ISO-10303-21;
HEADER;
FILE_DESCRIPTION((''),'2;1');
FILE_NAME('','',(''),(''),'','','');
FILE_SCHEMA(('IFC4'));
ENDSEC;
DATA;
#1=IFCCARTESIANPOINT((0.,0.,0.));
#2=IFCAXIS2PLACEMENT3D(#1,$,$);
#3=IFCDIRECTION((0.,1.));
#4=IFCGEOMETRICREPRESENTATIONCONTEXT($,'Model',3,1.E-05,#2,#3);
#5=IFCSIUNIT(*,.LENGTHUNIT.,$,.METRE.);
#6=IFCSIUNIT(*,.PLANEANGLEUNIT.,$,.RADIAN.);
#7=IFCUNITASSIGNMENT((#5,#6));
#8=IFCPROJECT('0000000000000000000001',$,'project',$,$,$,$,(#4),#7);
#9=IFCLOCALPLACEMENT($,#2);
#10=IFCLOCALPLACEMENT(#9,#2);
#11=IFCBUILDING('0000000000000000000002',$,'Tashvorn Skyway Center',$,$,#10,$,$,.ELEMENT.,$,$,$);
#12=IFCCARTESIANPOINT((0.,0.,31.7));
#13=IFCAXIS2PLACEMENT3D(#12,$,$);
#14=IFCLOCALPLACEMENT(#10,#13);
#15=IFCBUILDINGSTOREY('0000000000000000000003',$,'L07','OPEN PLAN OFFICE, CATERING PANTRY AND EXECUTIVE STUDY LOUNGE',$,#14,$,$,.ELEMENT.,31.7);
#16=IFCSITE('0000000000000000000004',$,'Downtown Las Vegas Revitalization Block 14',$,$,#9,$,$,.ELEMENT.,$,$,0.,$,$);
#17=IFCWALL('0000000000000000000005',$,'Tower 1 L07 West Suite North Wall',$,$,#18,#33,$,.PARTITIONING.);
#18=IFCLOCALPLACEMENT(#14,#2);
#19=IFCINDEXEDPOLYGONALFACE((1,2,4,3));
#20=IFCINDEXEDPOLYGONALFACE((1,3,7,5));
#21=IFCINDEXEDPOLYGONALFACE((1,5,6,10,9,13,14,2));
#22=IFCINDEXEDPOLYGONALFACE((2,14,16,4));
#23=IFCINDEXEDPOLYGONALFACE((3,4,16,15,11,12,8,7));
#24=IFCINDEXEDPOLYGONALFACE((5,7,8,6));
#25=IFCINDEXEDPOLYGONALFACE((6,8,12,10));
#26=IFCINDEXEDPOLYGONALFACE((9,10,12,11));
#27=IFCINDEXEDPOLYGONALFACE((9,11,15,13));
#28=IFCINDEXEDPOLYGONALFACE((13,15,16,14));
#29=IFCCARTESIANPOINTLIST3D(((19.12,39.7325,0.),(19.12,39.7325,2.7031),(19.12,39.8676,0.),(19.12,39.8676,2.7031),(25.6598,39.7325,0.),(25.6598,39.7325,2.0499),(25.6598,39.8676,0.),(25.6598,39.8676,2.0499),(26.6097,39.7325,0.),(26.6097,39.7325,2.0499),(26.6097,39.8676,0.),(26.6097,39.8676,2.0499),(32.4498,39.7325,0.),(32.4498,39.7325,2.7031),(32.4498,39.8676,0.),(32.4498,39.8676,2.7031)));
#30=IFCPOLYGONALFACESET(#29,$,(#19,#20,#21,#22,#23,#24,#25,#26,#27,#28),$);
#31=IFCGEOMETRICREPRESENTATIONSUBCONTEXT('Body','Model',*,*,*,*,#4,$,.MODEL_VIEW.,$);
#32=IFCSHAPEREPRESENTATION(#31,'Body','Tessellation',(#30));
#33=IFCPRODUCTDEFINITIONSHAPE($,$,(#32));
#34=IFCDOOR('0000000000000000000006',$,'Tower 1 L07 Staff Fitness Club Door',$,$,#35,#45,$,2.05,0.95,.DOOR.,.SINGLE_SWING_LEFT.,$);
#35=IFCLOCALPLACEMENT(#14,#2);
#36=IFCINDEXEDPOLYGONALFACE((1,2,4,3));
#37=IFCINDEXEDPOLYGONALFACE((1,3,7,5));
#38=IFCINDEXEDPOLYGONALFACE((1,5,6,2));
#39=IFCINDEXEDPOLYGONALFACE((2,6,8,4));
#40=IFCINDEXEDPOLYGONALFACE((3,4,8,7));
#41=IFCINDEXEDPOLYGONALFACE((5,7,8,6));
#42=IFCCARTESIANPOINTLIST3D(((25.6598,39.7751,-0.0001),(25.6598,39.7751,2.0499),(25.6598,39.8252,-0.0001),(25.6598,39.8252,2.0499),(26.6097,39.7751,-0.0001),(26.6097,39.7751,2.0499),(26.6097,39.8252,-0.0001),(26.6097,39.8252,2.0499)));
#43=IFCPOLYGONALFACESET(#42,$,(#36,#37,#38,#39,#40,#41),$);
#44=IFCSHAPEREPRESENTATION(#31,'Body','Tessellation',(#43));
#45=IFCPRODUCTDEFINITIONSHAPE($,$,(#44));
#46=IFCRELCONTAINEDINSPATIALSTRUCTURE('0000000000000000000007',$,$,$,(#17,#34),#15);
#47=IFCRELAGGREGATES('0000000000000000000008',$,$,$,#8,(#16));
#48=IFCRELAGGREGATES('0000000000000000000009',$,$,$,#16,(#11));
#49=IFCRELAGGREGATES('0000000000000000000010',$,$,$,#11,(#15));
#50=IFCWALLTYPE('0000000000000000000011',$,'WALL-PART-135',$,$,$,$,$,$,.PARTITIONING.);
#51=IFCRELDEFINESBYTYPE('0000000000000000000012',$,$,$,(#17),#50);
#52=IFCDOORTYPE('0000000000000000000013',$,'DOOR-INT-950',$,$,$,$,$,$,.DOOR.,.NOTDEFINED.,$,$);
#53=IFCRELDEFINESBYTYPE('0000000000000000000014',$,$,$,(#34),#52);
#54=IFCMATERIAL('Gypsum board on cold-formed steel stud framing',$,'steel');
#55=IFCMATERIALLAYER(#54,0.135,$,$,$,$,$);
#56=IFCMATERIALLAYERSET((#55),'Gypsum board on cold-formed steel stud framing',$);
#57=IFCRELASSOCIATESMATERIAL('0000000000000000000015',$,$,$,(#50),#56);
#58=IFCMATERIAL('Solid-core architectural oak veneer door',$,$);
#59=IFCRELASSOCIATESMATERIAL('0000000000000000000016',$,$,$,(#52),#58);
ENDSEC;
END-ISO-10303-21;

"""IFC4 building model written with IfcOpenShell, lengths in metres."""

from ifc_helpers import new_model, si_unit, direction, frame, frame_2d, origin, place, context, subcontext, project, spatial, rectangle, extrude, material, layer, layer_set, type_object, element, fill, save


model = new_model("IFC4")

# Units and contexts
model_context = context("Model", 3, precision=1e-05, world=origin(), true_north=direction((0.0, 1.0)))
body_context = subcontext(model_context, "Body", "Model", "MODEL_VIEW")
ifc_project = project(units=[si_unit("LENGTHUNIT", "METRE"), si_unit("PLANEANGLEUNIT", "RADIAN")], contexts=[model_context])

# Site, building, storey
site_placement = place(None, origin())
site = spatial("IfcSite", under=ifc_project, at=site_placement, Name="Downtown Las Vegas Revitalization Block 14", CompositionType="ELEMENT", RefElevation=0.0)
building_placement = place(site_placement, origin())
building = spatial("IfcBuilding", under=site, at=building_placement, Name="Tashvorn Skyway Center", CompositionType="ELEMENT")
storey_placement = place(building_placement, frame((0.0, 0.0, 31.7)))
storey = spatial("IfcBuildingStorey", under=building, at=storey_placement, Name="L07", Description="OPEN PLAN OFFICE, CATERING PANTRY AND EXECUTIVE STUDY LOUNGE", CompositionType="ELEMENT", Elevation=31.7)

# Shared definitions
ifc_material_1 = material(Name="Gypsum board on cold-formed steel stud framing", Category="steel")

# Shared definitions
ifc_layer_1 = layer(ifc_material_1, 0.135)
ifc_layer_set_1 = layer_set([ifc_layer_1], Name="Gypsum board on cold-formed steel stud framing")
wall_type_1 = type_object("IfcWallType", Name="WALL-PART-135", PredefinedType="PARTITIONING", material=ifc_layer_set_1)
ifc_material_2 = material(Name="Solid-core architectural oak veneer door")
door_type_1 = type_object("IfcDoorType", Name="DOOR-INT-950", OperationType="NOTDEFINED", PredefinedType="DOOR", material=ifc_material_2)

# Wall, opening, door
wall_1_placement = place(storey_placement, frame((32.45, 39.8, 0.0), z_axis=(0.0, 0.0, 1.0), x_axis=(-1.0, 0.0, 0.0)))
wall_1 = element("IfcWall", 1, at=wall_1_placement, inside=storey, type_object=wall_type_1, Name="Tower 1 L07 West Suite North Wall", PredefinedType="PARTITIONING", context=body_context, shape_type="SweptSolid", body=[
    extrude(rectangle(XDim=13.3298, YDim=0.135, at=frame_2d((6.665, 0.0))), origin(), (0.0, 0.0, 1.0), 2.7031),
])
opening_1_placement = place(wall_1_placement, frame((5.8401, 0.0, 0.0)))
opening_1 = element("IfcOpeningElement", 2, at=opening_1_placement, cuts=wall_1, PredefinedType="OPENING", context=body_context, shape_type="SweptSolid", body=[
    extrude(rectangle(XDim=0.95, YDim=2.05, at=frame_2d((0.4751, 1.0249))), frame((0.0, 0.0774, 0.0), z_axis=(0.0, -1.0, 0.0), x_axis=(1.0, 0.0, 0.0)), (0.0, 0.0, 1.0), 0.155),
])
door_1_placement = place(opening_1_placement, origin())
door_1 = element("IfcDoor", 3, at=door_1_placement, inside=storey, type_object=door_type_1, Name="Tower 1 L07 Staff Fitness Club Door", OperationType="SINGLE_SWING_LEFT", OverallHeight=2.05, OverallWidth=0.95, PredefinedType="DOOR", context=body_context, shape_type="SweptSolid", body=[
    extrude(rectangle(XDim=0.95, YDim=2.05, at=frame_2d((0.4751, 1.0249))), frame((0.0, 0.0249, 0.0), z_axis=(0.0, -1.0, 0.0), x_axis=(1.0, 0.0, 0.0)), (0.0, 0.0, 1.0), 0.05),
])
fill(opening_1, door_1)

save(model, "model.ifc")
